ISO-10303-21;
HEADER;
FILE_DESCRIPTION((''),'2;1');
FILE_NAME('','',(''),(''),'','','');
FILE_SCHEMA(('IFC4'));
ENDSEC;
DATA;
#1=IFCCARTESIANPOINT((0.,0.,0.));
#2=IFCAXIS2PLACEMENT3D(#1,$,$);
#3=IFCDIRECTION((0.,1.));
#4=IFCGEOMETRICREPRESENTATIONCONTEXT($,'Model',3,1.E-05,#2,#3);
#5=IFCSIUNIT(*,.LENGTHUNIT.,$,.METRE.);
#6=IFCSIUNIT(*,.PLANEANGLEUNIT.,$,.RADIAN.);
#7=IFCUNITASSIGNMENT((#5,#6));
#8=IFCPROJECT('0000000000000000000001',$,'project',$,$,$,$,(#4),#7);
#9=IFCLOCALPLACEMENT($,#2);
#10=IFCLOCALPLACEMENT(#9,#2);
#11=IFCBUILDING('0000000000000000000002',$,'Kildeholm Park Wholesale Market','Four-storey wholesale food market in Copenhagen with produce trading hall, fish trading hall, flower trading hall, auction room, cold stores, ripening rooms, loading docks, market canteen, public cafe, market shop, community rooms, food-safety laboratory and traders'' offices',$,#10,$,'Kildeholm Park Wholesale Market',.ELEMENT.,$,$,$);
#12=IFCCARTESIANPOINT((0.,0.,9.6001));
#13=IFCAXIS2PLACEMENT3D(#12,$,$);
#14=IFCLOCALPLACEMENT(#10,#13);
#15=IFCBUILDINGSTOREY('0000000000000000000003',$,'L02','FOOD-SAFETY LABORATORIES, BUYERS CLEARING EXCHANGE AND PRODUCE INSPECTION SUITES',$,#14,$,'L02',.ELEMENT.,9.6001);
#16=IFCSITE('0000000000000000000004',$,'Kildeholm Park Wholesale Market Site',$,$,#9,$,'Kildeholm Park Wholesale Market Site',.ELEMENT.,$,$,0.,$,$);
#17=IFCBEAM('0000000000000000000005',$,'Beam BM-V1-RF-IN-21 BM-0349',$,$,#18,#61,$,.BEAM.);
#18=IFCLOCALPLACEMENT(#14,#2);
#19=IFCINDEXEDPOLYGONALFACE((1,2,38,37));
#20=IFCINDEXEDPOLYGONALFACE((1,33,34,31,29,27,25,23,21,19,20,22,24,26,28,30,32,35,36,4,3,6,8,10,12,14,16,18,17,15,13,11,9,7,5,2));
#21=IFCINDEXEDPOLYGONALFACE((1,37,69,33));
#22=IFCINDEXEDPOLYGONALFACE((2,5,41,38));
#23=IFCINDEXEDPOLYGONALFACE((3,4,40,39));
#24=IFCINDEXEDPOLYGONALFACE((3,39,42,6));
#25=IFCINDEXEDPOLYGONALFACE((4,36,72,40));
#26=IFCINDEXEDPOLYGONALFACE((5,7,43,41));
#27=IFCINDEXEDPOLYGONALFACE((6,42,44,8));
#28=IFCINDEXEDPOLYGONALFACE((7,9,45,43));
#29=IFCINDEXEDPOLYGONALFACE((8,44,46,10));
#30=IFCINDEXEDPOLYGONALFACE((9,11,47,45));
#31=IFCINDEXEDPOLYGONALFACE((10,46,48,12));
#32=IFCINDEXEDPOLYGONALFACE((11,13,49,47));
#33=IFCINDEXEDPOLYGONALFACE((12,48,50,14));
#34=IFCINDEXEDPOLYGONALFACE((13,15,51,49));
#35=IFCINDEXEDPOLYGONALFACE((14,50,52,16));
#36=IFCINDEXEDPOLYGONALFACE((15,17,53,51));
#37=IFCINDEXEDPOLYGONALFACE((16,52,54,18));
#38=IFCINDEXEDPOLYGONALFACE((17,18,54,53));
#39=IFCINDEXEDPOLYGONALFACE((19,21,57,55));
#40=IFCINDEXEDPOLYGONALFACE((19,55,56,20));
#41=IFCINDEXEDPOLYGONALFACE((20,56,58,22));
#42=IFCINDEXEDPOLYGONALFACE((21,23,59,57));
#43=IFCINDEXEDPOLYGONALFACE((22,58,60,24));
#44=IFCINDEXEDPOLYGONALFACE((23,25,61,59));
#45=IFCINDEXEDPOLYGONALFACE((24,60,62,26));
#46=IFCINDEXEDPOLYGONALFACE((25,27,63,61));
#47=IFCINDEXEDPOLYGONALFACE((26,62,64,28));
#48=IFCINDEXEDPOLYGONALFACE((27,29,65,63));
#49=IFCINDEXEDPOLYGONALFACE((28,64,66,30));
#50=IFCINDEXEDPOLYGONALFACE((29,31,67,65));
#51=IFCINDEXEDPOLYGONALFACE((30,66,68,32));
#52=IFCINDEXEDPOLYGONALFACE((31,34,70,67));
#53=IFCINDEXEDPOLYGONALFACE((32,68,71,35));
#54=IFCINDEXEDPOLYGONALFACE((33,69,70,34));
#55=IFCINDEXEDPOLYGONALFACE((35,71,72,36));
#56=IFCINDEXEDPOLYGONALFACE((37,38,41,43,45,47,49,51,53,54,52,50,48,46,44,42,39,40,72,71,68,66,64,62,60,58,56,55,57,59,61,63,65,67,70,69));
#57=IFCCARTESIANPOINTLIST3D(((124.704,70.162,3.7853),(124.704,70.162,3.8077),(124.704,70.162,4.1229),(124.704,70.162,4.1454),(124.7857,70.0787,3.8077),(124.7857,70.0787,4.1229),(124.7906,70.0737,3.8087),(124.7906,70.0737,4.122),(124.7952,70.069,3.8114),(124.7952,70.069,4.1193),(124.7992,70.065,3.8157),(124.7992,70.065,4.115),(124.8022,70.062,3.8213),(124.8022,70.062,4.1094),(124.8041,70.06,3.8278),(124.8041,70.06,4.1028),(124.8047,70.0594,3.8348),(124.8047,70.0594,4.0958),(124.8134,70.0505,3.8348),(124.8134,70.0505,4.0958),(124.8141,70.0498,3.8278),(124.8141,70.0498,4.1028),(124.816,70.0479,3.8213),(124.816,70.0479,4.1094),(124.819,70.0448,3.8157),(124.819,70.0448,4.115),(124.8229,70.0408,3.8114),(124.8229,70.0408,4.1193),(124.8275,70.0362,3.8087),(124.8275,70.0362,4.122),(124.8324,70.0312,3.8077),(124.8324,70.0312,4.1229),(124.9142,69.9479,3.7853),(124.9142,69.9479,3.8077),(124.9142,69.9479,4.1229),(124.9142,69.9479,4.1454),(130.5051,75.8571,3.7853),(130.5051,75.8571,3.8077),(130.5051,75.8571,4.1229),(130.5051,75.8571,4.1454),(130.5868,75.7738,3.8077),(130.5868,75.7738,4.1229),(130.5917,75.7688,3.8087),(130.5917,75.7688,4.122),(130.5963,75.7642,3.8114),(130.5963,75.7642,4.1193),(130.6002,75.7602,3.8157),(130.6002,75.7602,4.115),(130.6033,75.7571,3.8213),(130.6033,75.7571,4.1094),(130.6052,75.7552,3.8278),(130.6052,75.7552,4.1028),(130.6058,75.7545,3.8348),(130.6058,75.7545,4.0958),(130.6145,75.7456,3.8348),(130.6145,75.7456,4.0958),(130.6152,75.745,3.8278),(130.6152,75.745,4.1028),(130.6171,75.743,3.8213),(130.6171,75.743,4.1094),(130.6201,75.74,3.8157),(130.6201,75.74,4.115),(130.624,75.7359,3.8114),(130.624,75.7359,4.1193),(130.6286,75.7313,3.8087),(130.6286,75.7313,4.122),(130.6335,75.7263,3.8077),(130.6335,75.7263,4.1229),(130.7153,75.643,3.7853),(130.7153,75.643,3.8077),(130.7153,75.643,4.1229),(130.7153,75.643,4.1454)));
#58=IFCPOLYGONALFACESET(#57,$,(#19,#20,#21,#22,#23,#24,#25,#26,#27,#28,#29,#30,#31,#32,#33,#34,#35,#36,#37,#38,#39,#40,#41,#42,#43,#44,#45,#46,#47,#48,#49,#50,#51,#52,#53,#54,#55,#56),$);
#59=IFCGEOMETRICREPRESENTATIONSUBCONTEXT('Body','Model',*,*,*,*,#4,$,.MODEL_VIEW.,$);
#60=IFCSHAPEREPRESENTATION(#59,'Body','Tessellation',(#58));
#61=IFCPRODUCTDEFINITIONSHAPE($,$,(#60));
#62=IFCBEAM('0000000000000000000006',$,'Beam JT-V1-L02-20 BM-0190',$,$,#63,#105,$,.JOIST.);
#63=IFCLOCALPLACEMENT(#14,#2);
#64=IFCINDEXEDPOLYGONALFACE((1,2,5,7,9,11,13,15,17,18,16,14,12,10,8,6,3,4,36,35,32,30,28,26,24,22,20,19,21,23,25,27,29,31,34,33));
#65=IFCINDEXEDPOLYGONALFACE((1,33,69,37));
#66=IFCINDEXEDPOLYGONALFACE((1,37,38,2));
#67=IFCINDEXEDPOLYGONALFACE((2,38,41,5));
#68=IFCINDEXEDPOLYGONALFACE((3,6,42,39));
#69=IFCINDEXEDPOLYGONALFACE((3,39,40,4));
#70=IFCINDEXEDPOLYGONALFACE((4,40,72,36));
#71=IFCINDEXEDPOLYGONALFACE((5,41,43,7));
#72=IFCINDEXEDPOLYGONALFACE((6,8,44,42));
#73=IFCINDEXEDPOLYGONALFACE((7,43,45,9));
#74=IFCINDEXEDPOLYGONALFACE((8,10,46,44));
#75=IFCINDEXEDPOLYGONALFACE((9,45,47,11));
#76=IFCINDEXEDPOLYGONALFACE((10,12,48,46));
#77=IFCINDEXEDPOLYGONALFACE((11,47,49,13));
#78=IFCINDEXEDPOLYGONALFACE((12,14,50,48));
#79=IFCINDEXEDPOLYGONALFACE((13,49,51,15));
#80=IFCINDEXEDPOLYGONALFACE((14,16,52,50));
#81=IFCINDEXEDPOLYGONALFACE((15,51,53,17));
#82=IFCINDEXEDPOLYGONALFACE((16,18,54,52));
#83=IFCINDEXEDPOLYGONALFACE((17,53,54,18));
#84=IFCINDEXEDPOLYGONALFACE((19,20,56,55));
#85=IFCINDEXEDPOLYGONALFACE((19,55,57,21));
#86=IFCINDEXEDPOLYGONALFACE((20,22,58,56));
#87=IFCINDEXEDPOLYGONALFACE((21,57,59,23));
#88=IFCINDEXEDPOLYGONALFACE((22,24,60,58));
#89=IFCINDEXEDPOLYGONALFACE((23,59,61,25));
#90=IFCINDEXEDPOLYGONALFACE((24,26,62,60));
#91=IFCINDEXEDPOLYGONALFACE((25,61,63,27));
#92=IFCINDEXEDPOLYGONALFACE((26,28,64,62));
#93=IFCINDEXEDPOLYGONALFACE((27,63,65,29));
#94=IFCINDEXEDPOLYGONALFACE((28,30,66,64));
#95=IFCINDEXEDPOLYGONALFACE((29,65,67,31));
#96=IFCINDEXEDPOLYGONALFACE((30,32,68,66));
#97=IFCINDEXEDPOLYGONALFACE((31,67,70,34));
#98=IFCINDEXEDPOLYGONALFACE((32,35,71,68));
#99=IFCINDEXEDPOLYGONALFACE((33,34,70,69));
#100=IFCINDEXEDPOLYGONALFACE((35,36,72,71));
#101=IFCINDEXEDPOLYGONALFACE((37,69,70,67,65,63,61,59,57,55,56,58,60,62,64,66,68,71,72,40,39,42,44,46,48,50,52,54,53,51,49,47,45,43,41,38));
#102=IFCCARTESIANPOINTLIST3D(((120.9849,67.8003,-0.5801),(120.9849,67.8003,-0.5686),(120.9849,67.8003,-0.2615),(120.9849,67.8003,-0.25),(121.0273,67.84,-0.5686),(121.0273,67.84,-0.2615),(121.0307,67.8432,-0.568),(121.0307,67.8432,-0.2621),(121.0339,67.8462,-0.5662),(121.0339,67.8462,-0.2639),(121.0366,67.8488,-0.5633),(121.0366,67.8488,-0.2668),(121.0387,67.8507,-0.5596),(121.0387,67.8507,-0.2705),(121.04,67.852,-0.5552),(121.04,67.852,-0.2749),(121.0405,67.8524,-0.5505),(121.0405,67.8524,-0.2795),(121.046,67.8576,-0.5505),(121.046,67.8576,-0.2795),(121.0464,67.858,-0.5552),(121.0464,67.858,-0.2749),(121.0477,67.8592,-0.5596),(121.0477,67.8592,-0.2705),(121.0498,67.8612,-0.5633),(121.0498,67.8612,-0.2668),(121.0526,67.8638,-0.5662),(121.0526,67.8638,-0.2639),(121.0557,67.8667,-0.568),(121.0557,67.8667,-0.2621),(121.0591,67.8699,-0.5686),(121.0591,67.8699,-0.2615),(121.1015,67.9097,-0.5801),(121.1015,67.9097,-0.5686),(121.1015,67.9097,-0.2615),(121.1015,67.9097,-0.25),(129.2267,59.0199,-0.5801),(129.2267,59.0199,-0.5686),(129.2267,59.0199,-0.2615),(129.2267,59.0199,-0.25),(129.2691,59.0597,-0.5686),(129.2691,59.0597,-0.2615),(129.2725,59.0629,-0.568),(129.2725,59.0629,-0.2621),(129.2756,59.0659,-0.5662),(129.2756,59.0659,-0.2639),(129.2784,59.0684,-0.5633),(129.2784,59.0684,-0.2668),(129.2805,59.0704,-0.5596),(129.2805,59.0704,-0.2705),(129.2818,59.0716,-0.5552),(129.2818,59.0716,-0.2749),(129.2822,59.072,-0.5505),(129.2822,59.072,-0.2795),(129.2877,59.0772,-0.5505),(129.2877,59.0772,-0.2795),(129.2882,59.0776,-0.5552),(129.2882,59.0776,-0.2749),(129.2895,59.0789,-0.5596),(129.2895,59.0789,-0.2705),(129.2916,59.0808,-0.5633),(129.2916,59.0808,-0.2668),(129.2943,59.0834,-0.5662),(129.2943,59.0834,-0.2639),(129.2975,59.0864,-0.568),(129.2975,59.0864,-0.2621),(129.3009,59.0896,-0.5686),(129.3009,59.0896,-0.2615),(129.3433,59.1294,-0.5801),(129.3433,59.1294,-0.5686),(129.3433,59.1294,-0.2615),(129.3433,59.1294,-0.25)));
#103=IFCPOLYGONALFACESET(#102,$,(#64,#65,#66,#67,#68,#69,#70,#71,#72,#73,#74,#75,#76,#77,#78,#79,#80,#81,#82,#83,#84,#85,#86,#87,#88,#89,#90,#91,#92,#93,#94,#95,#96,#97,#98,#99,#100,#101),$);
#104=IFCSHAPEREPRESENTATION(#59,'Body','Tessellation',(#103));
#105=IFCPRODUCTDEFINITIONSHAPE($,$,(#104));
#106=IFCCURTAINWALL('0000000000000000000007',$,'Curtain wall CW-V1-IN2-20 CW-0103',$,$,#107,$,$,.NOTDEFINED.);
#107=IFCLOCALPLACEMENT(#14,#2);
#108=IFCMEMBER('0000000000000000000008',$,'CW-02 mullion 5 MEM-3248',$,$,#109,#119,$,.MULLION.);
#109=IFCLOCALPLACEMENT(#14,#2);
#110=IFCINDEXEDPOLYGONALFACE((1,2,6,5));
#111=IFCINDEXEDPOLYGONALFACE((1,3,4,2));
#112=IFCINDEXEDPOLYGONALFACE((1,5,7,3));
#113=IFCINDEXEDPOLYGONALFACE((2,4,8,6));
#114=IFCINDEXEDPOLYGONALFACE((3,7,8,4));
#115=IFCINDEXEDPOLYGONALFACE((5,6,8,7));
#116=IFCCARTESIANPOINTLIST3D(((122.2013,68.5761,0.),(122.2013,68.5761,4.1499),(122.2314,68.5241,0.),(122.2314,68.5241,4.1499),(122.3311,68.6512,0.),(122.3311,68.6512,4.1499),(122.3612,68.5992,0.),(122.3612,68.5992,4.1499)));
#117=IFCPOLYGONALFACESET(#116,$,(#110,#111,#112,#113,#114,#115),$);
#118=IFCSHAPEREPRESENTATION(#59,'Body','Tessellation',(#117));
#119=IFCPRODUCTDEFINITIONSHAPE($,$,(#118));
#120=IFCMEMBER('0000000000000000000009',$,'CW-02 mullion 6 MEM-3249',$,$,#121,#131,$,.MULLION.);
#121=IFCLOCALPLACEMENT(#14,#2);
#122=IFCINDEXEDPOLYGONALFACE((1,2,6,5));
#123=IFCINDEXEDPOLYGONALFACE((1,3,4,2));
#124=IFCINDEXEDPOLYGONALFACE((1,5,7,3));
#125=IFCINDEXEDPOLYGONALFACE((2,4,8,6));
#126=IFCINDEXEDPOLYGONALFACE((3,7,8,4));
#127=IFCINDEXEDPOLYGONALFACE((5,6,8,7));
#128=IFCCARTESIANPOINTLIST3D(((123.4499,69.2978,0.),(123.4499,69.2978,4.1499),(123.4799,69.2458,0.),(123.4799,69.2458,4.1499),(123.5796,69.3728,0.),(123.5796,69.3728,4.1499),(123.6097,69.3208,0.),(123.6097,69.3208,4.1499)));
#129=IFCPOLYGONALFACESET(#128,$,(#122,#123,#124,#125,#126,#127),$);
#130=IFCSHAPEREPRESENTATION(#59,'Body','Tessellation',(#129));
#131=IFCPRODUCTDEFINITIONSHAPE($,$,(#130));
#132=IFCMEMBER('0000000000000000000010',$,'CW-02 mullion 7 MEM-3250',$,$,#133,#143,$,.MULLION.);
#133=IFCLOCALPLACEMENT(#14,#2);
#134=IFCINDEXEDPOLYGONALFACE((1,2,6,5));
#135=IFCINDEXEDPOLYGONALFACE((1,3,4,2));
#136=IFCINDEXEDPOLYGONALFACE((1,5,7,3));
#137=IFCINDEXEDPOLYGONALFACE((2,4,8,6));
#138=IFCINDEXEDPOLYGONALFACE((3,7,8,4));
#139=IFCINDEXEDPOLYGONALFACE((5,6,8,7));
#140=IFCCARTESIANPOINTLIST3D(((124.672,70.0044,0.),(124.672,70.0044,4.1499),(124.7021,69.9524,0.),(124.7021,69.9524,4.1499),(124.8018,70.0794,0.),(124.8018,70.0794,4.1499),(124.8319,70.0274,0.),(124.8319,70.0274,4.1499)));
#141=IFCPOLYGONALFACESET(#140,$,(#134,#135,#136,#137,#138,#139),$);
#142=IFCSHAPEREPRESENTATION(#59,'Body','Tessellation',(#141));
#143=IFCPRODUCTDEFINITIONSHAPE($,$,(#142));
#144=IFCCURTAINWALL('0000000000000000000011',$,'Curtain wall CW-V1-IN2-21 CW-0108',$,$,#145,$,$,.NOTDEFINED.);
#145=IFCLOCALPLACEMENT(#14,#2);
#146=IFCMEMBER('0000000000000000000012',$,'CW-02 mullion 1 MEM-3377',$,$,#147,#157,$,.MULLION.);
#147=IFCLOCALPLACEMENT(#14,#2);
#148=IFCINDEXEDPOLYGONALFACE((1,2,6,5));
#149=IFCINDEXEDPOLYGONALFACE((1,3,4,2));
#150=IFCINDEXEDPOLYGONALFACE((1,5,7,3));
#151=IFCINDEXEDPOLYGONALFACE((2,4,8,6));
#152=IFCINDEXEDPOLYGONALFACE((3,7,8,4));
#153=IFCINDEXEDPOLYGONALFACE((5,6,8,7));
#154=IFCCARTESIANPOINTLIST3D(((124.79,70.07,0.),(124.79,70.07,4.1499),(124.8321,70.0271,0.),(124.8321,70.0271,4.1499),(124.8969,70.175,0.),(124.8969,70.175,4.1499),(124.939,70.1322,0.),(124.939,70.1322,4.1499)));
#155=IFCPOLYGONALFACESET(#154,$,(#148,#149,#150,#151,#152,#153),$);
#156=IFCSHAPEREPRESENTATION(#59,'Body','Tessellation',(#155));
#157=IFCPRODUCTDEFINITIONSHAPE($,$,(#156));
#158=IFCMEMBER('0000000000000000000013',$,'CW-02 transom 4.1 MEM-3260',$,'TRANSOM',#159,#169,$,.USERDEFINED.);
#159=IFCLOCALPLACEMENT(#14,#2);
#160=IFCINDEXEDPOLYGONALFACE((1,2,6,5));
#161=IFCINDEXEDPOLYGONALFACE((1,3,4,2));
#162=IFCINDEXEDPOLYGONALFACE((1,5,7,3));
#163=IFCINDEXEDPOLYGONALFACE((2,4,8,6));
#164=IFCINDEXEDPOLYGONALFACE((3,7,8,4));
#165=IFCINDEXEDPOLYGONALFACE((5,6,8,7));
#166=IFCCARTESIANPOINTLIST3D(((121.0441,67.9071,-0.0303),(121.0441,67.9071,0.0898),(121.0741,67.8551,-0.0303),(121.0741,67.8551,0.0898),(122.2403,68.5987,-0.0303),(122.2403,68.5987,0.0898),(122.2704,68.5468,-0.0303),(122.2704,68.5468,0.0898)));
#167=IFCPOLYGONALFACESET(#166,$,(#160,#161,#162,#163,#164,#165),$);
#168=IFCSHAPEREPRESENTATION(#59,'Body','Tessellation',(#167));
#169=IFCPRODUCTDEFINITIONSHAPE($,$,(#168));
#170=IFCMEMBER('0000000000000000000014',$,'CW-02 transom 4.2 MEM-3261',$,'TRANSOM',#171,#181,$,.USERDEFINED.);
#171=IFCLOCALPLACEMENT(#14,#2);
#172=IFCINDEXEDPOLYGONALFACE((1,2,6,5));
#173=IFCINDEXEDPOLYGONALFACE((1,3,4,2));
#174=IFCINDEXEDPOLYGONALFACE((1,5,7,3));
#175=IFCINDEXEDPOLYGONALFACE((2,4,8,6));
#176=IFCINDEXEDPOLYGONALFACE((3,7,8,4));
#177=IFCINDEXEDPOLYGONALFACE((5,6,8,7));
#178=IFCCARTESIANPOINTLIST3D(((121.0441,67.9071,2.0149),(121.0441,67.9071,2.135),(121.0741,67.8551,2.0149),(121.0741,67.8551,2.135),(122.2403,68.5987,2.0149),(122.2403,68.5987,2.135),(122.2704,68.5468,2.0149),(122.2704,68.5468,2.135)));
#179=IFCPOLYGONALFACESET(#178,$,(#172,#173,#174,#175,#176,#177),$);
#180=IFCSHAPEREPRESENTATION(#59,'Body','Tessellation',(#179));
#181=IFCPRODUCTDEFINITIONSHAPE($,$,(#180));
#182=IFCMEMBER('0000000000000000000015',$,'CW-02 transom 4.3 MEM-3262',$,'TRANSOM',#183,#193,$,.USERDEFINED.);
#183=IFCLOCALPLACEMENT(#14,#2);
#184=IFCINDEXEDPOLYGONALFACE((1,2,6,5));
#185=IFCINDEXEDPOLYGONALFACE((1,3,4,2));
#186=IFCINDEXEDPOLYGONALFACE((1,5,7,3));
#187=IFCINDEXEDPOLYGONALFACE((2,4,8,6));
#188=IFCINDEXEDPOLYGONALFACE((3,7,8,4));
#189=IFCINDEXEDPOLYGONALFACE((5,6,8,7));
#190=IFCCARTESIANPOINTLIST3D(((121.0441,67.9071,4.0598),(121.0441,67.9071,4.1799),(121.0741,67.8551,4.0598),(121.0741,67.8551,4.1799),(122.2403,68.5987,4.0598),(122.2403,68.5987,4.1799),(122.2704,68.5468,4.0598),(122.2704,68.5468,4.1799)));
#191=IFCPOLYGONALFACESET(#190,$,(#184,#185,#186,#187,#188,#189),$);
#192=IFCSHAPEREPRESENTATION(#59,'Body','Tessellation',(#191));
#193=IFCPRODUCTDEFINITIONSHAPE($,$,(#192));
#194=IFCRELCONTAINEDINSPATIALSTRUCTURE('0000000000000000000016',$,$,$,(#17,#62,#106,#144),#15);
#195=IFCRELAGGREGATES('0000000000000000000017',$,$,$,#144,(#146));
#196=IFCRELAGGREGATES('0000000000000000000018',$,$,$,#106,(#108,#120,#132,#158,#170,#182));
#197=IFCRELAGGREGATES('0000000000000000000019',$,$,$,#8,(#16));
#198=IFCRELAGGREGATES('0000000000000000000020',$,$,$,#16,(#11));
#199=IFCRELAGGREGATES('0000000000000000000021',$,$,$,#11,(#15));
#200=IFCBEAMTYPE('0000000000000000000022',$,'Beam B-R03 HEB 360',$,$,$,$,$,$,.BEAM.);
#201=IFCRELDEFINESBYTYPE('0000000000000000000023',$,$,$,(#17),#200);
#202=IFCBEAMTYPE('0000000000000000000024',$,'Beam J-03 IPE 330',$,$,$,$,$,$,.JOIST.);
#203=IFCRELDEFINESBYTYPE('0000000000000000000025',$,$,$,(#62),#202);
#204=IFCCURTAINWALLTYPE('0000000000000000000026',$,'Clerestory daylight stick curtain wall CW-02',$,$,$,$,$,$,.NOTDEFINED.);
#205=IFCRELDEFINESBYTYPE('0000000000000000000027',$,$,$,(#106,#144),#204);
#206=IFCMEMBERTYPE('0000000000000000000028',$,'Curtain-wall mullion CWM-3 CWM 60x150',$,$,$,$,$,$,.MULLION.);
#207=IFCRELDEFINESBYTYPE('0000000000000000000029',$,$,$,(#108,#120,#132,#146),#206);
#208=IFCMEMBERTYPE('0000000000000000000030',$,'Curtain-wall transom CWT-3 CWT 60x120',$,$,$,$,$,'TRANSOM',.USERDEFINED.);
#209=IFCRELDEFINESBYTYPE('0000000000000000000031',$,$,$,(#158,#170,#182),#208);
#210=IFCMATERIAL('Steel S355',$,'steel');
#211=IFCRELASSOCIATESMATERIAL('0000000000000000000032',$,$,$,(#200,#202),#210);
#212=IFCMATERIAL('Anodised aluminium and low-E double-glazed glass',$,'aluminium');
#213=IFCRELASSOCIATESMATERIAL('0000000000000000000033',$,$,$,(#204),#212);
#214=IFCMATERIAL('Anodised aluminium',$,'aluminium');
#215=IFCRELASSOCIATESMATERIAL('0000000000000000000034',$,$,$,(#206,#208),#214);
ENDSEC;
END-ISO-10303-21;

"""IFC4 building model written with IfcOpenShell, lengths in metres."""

from ifc_helpers import new_model, si_unit, direction, frame, origin, origin_2d, place, context, subcontext, project, spatial, rectangle, i_section, extrude, material, material_profile, profile_set, type_object, element, aggregate, save


model = new_model("IFC4")

# Units and contexts
model_context = context("Model", 3, precision=1e-05, world=origin(), true_north=direction((0.0, 1.0)))
body_context = subcontext(model_context, "Body", "Model", "MODEL_VIEW")
ifc_project = project(units=[si_unit("LENGTHUNIT", "METRE"), si_unit("PLANEANGLEUNIT", "RADIAN")], contexts=[model_context])

# Site, building, storey
site_placement = place(None, origin())
site = spatial("IfcSite", under=ifc_project, at=site_placement, Name="Kildeholm Park Wholesale Market Site", LongName="Kildeholm Park Wholesale Market Site", CompositionType="ELEMENT", RefElevation=0.0)
building_placement = place(site_placement, origin())
building = spatial("IfcBuilding", under=site, at=building_placement, Name="Kildeholm Park Wholesale Market", Description="Four-storey wholesale food market in Copenhagen with produce trading hall, fish trading hall, flower trading hall, auction room, cold stores, ripening rooms, loading docks, market canteen, public cafe, market shop, community rooms, food-safety laboratory and traders' offices", LongName="Kildeholm Park Wholesale Market", CompositionType="ELEMENT")
storey_placement = place(building_placement, frame((0.0, 0.0, 9.6001)))
storey = spatial("IfcBuildingStorey", under=building, at=storey_placement, Name="L02", Description="FOOD-SAFETY LABORATORIES, BUYERS CLEARING EXCHANGE AND PRODUCE INSPECTION SUITES", LongName="L02", CompositionType="ELEMENT", Elevation=9.6001)

# Shared definitions
ifc_material_1 = material(Name="Steel S355", Category="steel")

# Beams
ifc_material_profile_1 = material_profile(ifc_material_1, i_section(OverallWidth=0.3, OverallDepth=0.3601, WebThickness=0.0125, FlangeThickness=0.0225, FilletRadius=0.0271, at=origin_2d()), Name="HEB 360")
ifc_profile_set_1 = profile_set([ifc_material_profile_1], Name="Steel S355")
beam_type_1 = type_object("IfcBeamType", Name="Beam B-R03 HEB 360", PredefinedType="BEAM", material=ifc_profile_set_1)
beam_1_placement = place(storey_placement, frame((124.8091, 70.0549, 3.9653), z_axis=(0.713594, 0.70056, 0.0), x_axis=(-0.70056, 0.713594, 0.0)))
element("IfcBeam", 1, at=beam_1_placement, inside=storey, type_object=beam_type_1, Name="Beam BM-V1-RF-IN-21 BM-0349", PredefinedType="BEAM", context=body_context, shape_type="SweptSolid", body=[
    extrude(i_section(OverallWidth=0.3, OverallDepth=0.3601, WebThickness=0.0125, FlangeThickness=0.0225, FilletRadius=0.0271, at=origin_2d()), origin(), (0.0, 0.0, 1.0), 8.1294),
])
ifc_material_profile_2 = material_profile(ifc_material_1, i_section(OverallWidth=0.1599, OverallDepth=0.3301, WebThickness=0.0076, FlangeThickness=0.0115, FilletRadius=0.0181, at=origin_2d()), Name="IPE 330")
ifc_profile_set_2 = profile_set([ifc_material_profile_2], Name="Steel S355")
beam_type_2 = type_object("IfcBeamType", Name="Beam J-03 IPE 330", PredefinedType="JOIST", material=ifc_profile_set_2)
beam_2_placement = place(storey_placement, frame((121.0432, 67.855, -0.415), z_axis=(0.684391, -0.729115, 0.0), x_axis=(0.729115, 0.684391, 0.0)))
element("IfcBeam", 2, at=beam_2_placement, inside=storey, type_object=beam_type_2, Name="Beam JT-V1-L02-20 BM-0190", PredefinedType="JOIST", context=body_context, shape_type="SweptSolid", body=[
    extrude(i_section(OverallWidth=0.1599, OverallDepth=0.3301, WebThickness=0.0076, FlangeThickness=0.0115, FilletRadius=0.0181, at=origin_2d()), origin(), (0.0, 0.0, 1.0), 12.0425),
])

# Curtain wall, members
ifc_material_2 = material(Name="Anodised aluminium and low-E double-glazed glass", Category="aluminium")
curtain_wall_type = type_object("IfcCurtainWallType", Name="Clerestory daylight stick curtain wall CW-02", PredefinedType="NOTDEFINED", material=ifc_material_2)
curtain_wall_1_placement = place(storey_placement, origin())
curtain_wall_1 = element("IfcCurtainWall", 3, at=curtain_wall_1_placement, inside=storey, type_object=curtain_wall_type, Name="Curtain wall CW-V1-IN2-20 CW-0103", PredefinedType="NOTDEFINED")
ifc_material_3 = material(Name="Anodised aluminium", Category="aluminium")
ifc_material_profile_3 = material_profile(ifc_material_3, rectangle(XDim=0.0601, YDim=0.1499, at=origin_2d()), Name="CWM 60x150")
ifc_profile_set_3 = profile_set([ifc_material_profile_3], Name="Anodised aluminium")
member_type_1 = type_object("IfcMemberType", Name="Curtain-wall mullion CWM-3 CWM 60x150", PredefinedType="MULLION", material=ifc_profile_set_3)
member_1_placement = place(storey_placement, frame((122.2812, 68.5876, 0.0), z_axis=(0.0, 0.0, 1.0), x_axis=(-0.500489, 0.865743, 0.0)))
member_1 = element("IfcMember", 4, at=member_1_placement, type_object=member_type_1, Name="CW-02 mullion 5 MEM-3248", PredefinedType="MULLION", context=body_context, shape_type="SweptSolid", body=[
    extrude(rectangle(XDim=0.0601, YDim=0.1499, at=origin_2d()), origin(), (0.0, 0.0, 1.0), 4.1499),
])
member_2_placement = place(storey_placement, frame((123.5298, 69.3093, 0.0), z_axis=(0.0, 0.0, 1.0), x_axis=(-0.500489, 0.865743, 0.0)))
member_2 = element("IfcMember", 5, at=member_2_placement, type_object=member_type_1, Name="CW-02 mullion 6 MEM-3249", PredefinedType="MULLION", context=body_context, shape_type="SweptSolid", body=[
    extrude(rectangle(XDim=0.0601, YDim=0.1499, at=origin_2d()), origin(), (0.0, 0.0, 1.0), 4.1499),
])
member_3_placement = place(storey_placement, frame((124.752, 70.0159, 0.0), z_axis=(0.0, 0.0, 1.0), x_axis=(-0.500489, 0.865743, 0.0)))
member_3 = element("IfcMember", 6, at=member_3_placement, type_object=member_type_1, Name="CW-02 mullion 7 MEM-3250", PredefinedType="MULLION", context=body_context, shape_type="SweptSolid", body=[
    extrude(rectangle(XDim=0.0601, YDim=0.1499, at=origin_2d()), origin(), (0.0, 0.0, 1.0), 4.1499),
])

# Curtain wall, member
curtain_wall_2_placement = place(storey_placement, origin())
curtain_wall_2 = element("IfcCurtainWall", 7, at=curtain_wall_2_placement, inside=storey, type_object=curtain_wall_type, Name="Curtain wall CW-V1-IN2-21 CW-0108", PredefinedType="NOTDEFINED")
member_4_placement = place(storey_placement, frame((124.8645, 70.1011, 0.0), z_axis=(0.0, 0.0, 1.0), x_axis=(-0.700617, 0.713538, 0.0)))
member_4 = element("IfcMember", 8, at=member_4_placement, type_object=member_type_1, Name="CW-02 mullion 1 MEM-3377", PredefinedType="MULLION", context=body_context, shape_type="SweptSolid", body=[
    extrude(rectangle(XDim=0.0601, YDim=0.1499, at=origin_2d()), origin(), (0.0, 0.0, 1.0), 4.1499),
])

# Members
ifc_material_profile_4 = material_profile(ifc_material_3, rectangle(XDim=0.0601, YDim=0.1201, at=origin_2d()), Name="CWT 60x120")
ifc_profile_set_4 = profile_set([ifc_material_profile_4], Name="Anodised aluminium")
member_type_2 = type_object("IfcMemberType", Name="Curtain-wall transom CWT-3 CWT 60x120", ElementType="TRANSOM", PredefinedType="USERDEFINED", material=ifc_profile_set_4)
member_5_placement = place(storey_placement, frame((121.0591, 67.8811, 0.0298), z_axis=(0.86572, 0.500528, 0.0), x_axis=(-0.500528, 0.86572, 0.0)))
member_5 = element("IfcMember", 9, at=member_5_placement, type_object=member_type_2, Name="CW-02 transom 4.1 MEM-3260", ObjectType="TRANSOM", PredefinedType="USERDEFINED", context=body_context, shape_type="SweptSolid", body=[
    extrude(rectangle(XDim=0.0601, YDim=0.1201, at=origin_2d()), origin(), (0.0, 0.0, 1.0), 1.3818),
])
member_6_placement = place(storey_placement, frame((121.0591, 67.8811, 2.075), z_axis=(0.86572, 0.500528, 0.0), x_axis=(-0.500528, 0.86572, 0.0)))
member_6 = element("IfcMember", 10, at=member_6_placement, type_object=member_type_2, Name="CW-02 transom 4.2 MEM-3261", ObjectType="TRANSOM", PredefinedType="USERDEFINED", context=body_context, shape_type="SweptSolid", body=[
    extrude(rectangle(XDim=0.0601, YDim=0.1201, at=origin_2d()), origin(), (0.0, 0.0, 1.0), 1.3818),
])
member_7_placement = place(storey_placement, frame((121.0591, 67.8811, 4.1199), z_axis=(0.86572, 0.500528, 0.0), x_axis=(-0.500528, 0.86572, 0.0)))
member_7 = element("IfcMember", 11, at=member_7_placement, type_object=member_type_2, Name="CW-02 transom 4.3 MEM-3262", ObjectType="TRANSOM", PredefinedType="USERDEFINED", context=body_context, shape_type="SweptSolid", body=[
    extrude(rectangle(XDim=0.0601, YDim=0.1201, at=origin_2d()), origin(), (0.0, 0.0, 1.0), 1.3818),
])
aggregate(curtain_wall_2, [member_4])

aggregate(curtain_wall_1, [member_1, member_2, member_3, member_5, member_6, member_7])

save(model, "model.ifc")
